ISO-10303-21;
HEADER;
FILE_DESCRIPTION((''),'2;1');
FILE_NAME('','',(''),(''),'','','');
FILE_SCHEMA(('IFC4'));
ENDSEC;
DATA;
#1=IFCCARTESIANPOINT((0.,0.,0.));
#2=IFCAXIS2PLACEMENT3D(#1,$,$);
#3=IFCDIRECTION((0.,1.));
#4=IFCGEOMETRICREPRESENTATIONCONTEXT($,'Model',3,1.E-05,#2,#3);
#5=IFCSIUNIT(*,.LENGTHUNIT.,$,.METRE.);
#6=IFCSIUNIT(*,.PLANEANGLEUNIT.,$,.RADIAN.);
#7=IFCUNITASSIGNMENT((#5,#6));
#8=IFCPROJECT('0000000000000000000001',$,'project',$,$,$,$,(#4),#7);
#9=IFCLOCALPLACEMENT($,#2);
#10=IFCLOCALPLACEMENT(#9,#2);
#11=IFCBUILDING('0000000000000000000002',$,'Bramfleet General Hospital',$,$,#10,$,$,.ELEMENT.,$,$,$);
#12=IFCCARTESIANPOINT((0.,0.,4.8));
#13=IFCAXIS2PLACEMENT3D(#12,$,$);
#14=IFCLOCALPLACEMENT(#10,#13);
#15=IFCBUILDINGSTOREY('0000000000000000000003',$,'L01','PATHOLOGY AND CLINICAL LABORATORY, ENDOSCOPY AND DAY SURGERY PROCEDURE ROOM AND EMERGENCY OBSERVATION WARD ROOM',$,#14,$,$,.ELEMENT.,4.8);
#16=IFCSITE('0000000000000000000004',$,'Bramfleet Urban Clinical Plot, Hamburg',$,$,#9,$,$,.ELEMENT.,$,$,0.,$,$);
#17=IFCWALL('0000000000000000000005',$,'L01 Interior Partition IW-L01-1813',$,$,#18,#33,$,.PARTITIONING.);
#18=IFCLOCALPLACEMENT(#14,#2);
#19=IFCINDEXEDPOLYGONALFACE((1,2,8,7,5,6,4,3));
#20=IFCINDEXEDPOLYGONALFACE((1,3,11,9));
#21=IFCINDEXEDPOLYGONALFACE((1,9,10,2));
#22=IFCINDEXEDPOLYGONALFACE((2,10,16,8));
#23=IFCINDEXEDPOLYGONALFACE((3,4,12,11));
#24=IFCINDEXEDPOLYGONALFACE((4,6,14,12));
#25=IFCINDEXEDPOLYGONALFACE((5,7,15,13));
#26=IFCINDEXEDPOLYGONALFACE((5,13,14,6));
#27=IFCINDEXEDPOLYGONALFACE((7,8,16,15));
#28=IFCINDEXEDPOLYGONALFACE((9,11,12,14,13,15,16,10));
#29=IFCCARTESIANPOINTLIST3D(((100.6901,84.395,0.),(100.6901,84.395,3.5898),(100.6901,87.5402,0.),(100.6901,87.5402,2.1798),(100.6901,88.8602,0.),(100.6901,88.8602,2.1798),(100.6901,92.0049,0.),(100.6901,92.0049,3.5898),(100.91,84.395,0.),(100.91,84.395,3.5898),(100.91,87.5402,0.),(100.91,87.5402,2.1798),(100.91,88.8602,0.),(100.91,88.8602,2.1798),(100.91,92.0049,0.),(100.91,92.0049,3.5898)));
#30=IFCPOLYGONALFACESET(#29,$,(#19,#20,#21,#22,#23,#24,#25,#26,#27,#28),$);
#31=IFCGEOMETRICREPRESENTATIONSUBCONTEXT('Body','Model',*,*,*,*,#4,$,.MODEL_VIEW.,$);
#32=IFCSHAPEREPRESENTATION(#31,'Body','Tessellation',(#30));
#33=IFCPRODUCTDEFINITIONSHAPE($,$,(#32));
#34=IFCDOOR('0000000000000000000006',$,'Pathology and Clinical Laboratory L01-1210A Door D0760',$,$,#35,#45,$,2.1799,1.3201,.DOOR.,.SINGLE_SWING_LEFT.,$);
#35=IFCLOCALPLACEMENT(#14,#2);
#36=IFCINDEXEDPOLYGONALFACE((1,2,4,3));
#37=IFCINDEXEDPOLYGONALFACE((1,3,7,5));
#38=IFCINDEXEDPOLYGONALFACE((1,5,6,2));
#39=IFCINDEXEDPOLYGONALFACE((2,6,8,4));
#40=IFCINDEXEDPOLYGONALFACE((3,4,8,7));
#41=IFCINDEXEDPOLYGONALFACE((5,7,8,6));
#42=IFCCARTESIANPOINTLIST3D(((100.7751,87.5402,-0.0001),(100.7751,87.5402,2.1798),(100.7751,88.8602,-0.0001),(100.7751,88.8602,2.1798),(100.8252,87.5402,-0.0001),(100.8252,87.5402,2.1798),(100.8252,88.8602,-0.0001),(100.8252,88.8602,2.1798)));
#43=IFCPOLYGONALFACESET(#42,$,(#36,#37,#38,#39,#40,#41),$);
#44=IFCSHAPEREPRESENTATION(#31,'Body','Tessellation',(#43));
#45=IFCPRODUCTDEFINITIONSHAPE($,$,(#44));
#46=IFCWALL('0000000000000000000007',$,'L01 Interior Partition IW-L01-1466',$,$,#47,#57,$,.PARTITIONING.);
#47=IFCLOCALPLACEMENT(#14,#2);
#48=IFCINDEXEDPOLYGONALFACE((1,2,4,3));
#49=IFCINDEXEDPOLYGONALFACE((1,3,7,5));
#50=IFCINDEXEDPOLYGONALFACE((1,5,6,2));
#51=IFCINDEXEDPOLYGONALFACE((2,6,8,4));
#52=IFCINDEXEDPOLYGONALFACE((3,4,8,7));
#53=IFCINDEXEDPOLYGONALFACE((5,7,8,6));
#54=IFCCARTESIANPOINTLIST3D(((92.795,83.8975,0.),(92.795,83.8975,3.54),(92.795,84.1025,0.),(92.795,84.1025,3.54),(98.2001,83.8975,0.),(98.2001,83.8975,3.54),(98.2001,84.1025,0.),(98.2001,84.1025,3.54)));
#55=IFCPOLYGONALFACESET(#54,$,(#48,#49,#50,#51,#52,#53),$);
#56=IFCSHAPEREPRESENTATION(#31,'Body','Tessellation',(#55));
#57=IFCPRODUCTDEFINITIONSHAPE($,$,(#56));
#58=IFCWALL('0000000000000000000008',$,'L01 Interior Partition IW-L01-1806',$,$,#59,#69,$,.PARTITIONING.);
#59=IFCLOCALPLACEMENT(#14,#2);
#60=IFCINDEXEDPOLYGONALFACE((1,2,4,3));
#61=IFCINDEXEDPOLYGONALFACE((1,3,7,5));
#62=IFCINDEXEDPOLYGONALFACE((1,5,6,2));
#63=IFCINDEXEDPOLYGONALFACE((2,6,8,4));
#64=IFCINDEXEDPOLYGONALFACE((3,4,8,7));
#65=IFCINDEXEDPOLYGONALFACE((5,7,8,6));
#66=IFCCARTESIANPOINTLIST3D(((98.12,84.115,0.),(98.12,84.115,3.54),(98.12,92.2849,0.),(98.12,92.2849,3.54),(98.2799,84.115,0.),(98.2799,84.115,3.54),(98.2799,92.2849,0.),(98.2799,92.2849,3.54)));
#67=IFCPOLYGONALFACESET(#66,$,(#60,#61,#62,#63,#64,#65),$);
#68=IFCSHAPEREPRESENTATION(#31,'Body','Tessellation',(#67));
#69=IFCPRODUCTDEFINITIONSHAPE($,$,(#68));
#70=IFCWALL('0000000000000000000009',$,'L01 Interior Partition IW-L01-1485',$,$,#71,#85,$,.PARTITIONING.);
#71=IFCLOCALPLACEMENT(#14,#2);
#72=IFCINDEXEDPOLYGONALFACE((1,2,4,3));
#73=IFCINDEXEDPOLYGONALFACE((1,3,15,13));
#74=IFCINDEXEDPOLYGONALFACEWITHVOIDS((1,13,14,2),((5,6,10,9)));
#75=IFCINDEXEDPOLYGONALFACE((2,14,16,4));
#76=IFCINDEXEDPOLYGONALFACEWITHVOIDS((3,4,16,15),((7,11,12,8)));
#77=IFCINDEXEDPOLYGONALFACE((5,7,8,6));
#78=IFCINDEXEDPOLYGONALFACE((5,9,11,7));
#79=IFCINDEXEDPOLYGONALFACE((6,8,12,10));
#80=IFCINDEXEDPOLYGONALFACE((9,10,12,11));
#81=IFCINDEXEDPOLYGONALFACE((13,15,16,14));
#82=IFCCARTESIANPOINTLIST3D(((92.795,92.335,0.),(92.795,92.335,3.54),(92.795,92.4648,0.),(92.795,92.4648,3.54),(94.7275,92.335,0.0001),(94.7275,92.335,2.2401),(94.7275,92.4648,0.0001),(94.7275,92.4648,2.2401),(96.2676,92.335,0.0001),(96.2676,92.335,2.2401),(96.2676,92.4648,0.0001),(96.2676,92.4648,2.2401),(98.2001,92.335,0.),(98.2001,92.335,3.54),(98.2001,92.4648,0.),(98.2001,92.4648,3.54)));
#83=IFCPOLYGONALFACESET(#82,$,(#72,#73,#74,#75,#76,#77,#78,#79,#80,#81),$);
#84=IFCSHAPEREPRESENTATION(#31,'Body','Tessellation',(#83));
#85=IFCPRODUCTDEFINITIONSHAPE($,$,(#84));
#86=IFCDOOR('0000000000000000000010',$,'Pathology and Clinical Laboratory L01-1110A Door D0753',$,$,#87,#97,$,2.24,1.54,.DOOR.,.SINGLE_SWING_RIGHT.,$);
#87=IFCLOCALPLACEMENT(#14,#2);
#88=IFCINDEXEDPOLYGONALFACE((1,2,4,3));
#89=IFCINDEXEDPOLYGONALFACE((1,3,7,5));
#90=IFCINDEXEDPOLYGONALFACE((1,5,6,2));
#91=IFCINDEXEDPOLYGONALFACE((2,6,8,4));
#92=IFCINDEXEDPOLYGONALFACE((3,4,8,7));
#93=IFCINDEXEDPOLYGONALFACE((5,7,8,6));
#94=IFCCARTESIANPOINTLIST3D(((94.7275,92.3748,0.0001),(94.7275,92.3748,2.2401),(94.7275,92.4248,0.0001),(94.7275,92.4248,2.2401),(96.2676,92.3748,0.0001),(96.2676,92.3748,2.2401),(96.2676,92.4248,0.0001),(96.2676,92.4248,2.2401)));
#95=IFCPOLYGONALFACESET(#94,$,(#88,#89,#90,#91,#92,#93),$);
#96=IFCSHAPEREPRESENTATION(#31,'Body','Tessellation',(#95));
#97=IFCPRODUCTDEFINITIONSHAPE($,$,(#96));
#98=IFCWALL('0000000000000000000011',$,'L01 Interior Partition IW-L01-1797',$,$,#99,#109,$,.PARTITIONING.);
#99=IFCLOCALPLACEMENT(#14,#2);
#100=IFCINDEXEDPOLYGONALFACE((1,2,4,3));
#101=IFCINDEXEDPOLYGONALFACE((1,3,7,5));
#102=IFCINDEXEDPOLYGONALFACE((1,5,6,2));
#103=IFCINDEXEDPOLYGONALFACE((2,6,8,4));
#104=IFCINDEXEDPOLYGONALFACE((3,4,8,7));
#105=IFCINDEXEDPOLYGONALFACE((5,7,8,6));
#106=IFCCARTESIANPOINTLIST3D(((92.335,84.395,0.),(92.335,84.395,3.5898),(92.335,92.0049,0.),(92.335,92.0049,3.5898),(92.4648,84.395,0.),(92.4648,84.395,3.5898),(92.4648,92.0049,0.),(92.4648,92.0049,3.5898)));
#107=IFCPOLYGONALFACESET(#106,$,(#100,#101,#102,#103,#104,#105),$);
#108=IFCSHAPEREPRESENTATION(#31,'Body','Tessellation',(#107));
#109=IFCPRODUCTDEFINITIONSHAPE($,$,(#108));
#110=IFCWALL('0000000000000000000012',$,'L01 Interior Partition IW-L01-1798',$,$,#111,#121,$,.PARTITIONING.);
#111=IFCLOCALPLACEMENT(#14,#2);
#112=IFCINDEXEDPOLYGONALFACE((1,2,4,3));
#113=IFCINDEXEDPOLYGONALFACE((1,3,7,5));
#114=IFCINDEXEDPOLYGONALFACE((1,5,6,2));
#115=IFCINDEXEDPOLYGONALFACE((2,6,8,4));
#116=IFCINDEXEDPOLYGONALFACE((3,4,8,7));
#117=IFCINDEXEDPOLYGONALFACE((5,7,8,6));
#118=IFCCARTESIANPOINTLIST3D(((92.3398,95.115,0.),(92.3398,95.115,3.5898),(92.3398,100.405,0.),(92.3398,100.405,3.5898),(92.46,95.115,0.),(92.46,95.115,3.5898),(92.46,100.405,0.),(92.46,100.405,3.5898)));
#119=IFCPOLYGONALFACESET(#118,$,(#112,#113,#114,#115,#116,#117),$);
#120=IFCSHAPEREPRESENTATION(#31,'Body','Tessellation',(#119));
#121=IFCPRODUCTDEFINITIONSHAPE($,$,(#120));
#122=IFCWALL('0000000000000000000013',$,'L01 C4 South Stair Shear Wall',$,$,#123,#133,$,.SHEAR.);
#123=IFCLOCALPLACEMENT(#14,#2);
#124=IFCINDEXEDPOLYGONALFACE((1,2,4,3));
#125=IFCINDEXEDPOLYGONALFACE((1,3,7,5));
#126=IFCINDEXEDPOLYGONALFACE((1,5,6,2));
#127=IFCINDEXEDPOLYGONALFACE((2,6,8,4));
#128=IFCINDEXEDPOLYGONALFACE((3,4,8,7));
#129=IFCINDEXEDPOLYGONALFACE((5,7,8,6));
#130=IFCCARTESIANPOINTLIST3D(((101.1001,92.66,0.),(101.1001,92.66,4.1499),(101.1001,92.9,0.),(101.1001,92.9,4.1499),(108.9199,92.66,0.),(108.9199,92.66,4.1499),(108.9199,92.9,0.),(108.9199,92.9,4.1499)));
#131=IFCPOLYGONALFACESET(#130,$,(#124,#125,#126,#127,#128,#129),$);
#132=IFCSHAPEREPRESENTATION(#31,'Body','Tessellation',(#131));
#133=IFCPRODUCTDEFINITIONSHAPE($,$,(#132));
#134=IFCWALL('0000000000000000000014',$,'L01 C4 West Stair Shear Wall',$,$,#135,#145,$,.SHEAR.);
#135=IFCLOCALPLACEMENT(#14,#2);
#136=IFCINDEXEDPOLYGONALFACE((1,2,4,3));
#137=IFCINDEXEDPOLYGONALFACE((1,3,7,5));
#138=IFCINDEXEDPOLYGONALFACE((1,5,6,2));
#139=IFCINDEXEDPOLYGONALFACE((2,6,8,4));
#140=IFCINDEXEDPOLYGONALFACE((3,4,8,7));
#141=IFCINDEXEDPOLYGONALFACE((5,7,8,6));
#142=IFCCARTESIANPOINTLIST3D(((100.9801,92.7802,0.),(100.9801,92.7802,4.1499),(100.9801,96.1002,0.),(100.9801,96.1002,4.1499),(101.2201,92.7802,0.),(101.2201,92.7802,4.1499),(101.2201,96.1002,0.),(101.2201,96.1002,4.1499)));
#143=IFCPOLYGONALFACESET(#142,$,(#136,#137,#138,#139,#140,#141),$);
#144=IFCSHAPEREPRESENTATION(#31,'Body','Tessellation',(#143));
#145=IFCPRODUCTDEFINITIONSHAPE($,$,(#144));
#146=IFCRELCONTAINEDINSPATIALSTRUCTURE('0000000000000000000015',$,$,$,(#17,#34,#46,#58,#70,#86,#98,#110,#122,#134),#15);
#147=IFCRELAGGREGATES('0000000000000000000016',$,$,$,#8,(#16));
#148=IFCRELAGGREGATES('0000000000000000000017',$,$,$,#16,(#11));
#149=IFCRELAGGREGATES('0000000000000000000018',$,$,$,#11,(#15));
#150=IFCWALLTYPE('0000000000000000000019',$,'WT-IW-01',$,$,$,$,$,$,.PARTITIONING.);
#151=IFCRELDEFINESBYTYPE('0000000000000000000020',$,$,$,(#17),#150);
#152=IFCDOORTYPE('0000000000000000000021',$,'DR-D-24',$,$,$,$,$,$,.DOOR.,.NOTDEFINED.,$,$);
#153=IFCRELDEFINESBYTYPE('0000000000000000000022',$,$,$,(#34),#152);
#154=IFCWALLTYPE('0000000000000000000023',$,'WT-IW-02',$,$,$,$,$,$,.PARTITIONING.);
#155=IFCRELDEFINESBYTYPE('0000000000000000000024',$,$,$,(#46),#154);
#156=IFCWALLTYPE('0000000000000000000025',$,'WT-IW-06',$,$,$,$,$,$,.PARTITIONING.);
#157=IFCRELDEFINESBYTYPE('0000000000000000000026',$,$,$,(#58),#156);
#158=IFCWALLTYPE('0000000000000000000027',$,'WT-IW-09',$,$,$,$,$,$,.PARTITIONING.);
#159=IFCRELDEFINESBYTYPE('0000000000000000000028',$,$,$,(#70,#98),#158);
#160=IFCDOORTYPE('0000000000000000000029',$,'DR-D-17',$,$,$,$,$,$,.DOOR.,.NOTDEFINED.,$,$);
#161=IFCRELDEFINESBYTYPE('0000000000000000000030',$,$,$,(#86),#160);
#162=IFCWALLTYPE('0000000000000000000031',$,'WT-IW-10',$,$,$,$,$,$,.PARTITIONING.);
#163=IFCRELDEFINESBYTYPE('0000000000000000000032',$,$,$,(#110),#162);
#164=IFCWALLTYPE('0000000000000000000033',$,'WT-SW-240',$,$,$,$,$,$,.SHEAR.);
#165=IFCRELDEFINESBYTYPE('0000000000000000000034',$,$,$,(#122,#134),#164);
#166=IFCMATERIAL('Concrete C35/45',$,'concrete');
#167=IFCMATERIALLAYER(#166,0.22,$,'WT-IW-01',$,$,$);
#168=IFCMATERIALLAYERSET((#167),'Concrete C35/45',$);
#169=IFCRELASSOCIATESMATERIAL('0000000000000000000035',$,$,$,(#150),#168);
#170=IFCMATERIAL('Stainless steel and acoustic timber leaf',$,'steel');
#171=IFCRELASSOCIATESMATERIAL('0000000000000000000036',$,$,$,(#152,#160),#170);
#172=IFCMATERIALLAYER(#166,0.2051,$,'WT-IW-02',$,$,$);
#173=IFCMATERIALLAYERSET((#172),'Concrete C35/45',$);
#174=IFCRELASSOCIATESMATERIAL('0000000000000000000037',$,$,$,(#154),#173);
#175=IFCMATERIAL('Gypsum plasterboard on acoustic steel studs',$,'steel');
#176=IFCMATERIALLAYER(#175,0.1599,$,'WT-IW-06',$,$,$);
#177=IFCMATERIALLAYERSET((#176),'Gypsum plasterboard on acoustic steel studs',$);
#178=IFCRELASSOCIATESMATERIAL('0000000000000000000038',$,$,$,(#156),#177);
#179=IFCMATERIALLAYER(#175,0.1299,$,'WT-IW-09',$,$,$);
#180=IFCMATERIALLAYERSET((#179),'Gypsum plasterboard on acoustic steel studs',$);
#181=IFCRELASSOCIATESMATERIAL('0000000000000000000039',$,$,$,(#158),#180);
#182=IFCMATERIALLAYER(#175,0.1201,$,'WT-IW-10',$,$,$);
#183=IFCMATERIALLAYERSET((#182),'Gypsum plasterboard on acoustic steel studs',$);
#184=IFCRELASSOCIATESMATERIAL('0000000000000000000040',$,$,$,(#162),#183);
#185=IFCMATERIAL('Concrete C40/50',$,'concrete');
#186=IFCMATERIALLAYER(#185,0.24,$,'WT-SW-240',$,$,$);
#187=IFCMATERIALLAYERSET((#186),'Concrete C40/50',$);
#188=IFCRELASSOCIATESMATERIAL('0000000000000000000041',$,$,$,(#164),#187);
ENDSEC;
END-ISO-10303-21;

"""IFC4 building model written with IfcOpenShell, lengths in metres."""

from ifc_helpers import new_model, si_unit, direction, frame, frame_2d, origin, place, context, subcontext, project, spatial, rectangle, extrude, material, layer, layer_set, type_object, element, fill, save


model = new_model("IFC4")

# Units and contexts
model_context = context("Model", 3, precision=1e-05, world=origin(), true_north=direction((0.0, 1.0)))
body_context = subcontext(model_context, "Body", "Model", "MODEL_VIEW")
ifc_project = project(units=[si_unit("LENGTHUNIT", "METRE"), si_unit("PLANEANGLEUNIT", "RADIAN")], contexts=[model_context])

# Site, building, storey
site_placement = place(None, origin())
site = spatial("IfcSite", under=ifc_project, at=site_placement, Name="Bramfleet Urban Clinical Plot, Hamburg", CompositionType="ELEMENT", RefElevation=0.0)
building_placement = place(site_placement, origin())
building = spatial("IfcBuilding", under=site, at=building_placement, Name="Bramfleet General Hospital", CompositionType="ELEMENT")
storey_placement = place(building_placement, frame((0.0, 0.0, 4.8)))
storey = spatial("IfcBuildingStorey", under=building, at=storey_placement, Name="L01", Description="PATHOLOGY AND CLINICAL LABORATORY, ENDOSCOPY AND DAY SURGERY PROCEDURE ROOM AND EMERGENCY OBSERVATION WARD ROOM", CompositionType="ELEMENT", Elevation=4.8)

# Shared definitions
ifc_material_1 = material(Name="Concrete C40/50", Category="concrete")

# Shared definitions
ifc_material_2 = material(Name="Concrete C35/45", Category="concrete")

# Wall, opening, door
ifc_layer_1 = layer(ifc_material_2, 0.22, Name="WT-IW-01")
ifc_layer_set_1 = layer_set([ifc_layer_1], Name="Concrete C35/45")
wall_type_1 = type_object("IfcWallType", Name="WT-IW-01", PredefinedType="PARTITIONING", material=ifc_layer_set_1)
wall_1_placement = place(storey_placement, frame((100.8, 84.395, 0.0), z_axis=(0.0, 0.0, 1.0), x_axis=(0.0, 1.0, 0.0)))
wall_1 = element("IfcWall", 1, at=wall_1_placement, inside=storey, type_object=wall_type_1, Name="L01 Interior Partition IW-L01-1813", PredefinedType="PARTITIONING", context=body_context, shape_type="SweptSolid", body=[
    extrude(rectangle(XDim=7.6099, YDim=0.22, at=frame_2d((3.8049, 0.0))), origin(), (0.0, 0.0, 1.0), 3.5898),
])
opening_1_placement = place(wall_1_placement, frame((3.145, 0.0, 0.0)))
opening_1 = element("IfcOpeningElement", 2, at=opening_1_placement, cuts=wall_1, PredefinedType="OPENING", context=body_context, shape_type="SweptSolid", body=[
    extrude(rectangle(XDim=1.3201, YDim=2.1799, at=frame_2d((0.6602, 1.0898))), frame((0.0, 0.1199, 0.0), z_axis=(0.0, -1.0, 0.0), x_axis=(1.0, 0.0, 0.0)), (0.0, 0.0, 1.0), 0.24),
])
ifc_material_3 = material(Name="Stainless steel and acoustic timber leaf", Category="steel")
door_type_1 = type_object("IfcDoorType", Name="DR-D-24", OperationType="NOTDEFINED", PredefinedType="DOOR", material=ifc_material_3)
door_1_placement = place(opening_1_placement, origin())
door_1 = element("IfcDoor", 3, at=door_1_placement, inside=storey, type_object=door_type_1, Name="Pathology and Clinical Laboratory L01-1210A Door D0760", OperationType="SINGLE_SWING_LEFT", OverallHeight=2.1799, OverallWidth=1.3201, PredefinedType="DOOR", context=body_context, shape_type="SweptSolid", body=[
    extrude(rectangle(XDim=1.3201, YDim=2.1799, at=frame_2d((0.6602, 1.0898))), frame((0.0, 0.0249, 0.0), z_axis=(0.0, -1.0, 0.0), x_axis=(1.0, 0.0, 0.0)), (0.0, 0.0, 1.0), 0.05),
])
fill(opening_1, door_1)

# Walls
ifc_layer_2 = layer(ifc_material_2, 0.2051, Name="WT-IW-02")
ifc_layer_set_2 = layer_set([ifc_layer_2], Name="Concrete C35/45")
wall_type_2 = type_object("IfcWallType", Name="WT-IW-02", PredefinedType="PARTITIONING", material=ifc_layer_set_2)
wall_2_placement = place(storey_placement, frame((92.7949, 84.0, 0.0), z_axis=(0.0, 0.0, 1.0), x_axis=(1.0, 0.0, 0.0)))
element("IfcWall", 4, at=wall_2_placement, inside=storey, type_object=wall_type_2, Name="L01 Interior Partition IW-L01-1466", PredefinedType="PARTITIONING", context=body_context, shape_type="SweptSolid", body=[
    extrude(rectangle(XDim=5.405, YDim=0.2051, at=frame_2d((2.7026, 0.0))), origin(), (0.0, 0.0, 1.0), 3.54),
])
ifc_material_4 = material(Name="Gypsum plasterboard on acoustic steel studs", Category="steel")
ifc_layer_3 = layer(ifc_material_4, 0.1599, Name="WT-IW-06")
ifc_layer_set_3 = layer_set([ifc_layer_3], Name="Gypsum plasterboard on acoustic steel studs")
wall_type_3 = type_object("IfcWallType", Name="WT-IW-06", PredefinedType="PARTITIONING", material=ifc_layer_set_3)
wall_3_placement = place(storey_placement, frame((98.2, 84.115, 0.0), z_axis=(0.0, 0.0, 1.0), x_axis=(0.0, 1.0, 0.0)))
element("IfcWall", 5, at=wall_3_placement, inside=storey, type_object=wall_type_3, Name="L01 Interior Partition IW-L01-1806", PredefinedType="PARTITIONING", context=body_context, shape_type="SweptSolid", body=[
    extrude(rectangle(XDim=8.1699, YDim=0.1599, at=frame_2d((4.085, 0.0))), origin(), (0.0, 0.0, 1.0), 3.54),
])

# Wall, opening, door
ifc_layer_4 = layer(ifc_material_4, 0.1299, Name="WT-IW-09")
ifc_layer_set_4 = layer_set([ifc_layer_4], Name="Gypsum plasterboard on acoustic steel studs")
wall_type_4 = type_object("IfcWallType", Name="WT-IW-09", PredefinedType="PARTITIONING", material=ifc_layer_set_4)
wall_4_placement = place(storey_placement, frame((92.7949, 92.3999, 0.0), z_axis=(0.0, 0.0, 1.0), x_axis=(1.0, 0.0, 0.0)))
wall_4 = element("IfcWall", 6, at=wall_4_placement, inside=storey, type_object=wall_type_4, Name="L01 Interior Partition IW-L01-1485", PredefinedType="PARTITIONING", context=body_context, shape_type="SweptSolid", body=[
    extrude(rectangle(XDim=5.405, YDim=0.1299, at=frame_2d((2.7026, 0.0))), origin(), (0.0, 0.0, 1.0), 3.54),
])
opening_2_placement = place(wall_4_placement, frame((1.9326, 0.0, 0.0)))
opening_2 = element("IfcOpeningElement", 7, at=opening_2_placement, cuts=wall_4, PredefinedType="OPENING", context=body_context, shape_type="SweptSolid", body=[
    extrude(rectangle(XDim=1.54, YDim=2.24, at=frame_2d((0.77, 1.1201))), frame((0.0, 0.075, 0.0), z_axis=(0.0, -1.0, 0.0), x_axis=(1.0, 0.0, 0.0)), (0.0, 0.0, 1.0), 0.1499),
])
door_type_2 = type_object("IfcDoorType", Name="DR-D-17", OperationType="NOTDEFINED", PredefinedType="DOOR", material=ifc_material_3)
door_2_placement = place(opening_2_placement, origin())
door_2 = element("IfcDoor", 8, at=door_2_placement, inside=storey, type_object=door_type_2, Name="Pathology and Clinical Laboratory L01-1110A Door D0753", OperationType="SINGLE_SWING_RIGHT", OverallHeight=2.24, OverallWidth=1.54, PredefinedType="DOOR", context=body_context, shape_type="SweptSolid", body=[
    extrude(rectangle(XDim=1.54, YDim=2.24, at=frame_2d((0.77, 1.1201))), frame((0.0, 0.0249, 0.0), z_axis=(0.0, -1.0, 0.0), x_axis=(1.0, 0.0, 0.0)), (0.0, 0.0, 1.0), 0.05),
])
fill(opening_2, door_2)

# Walls
wall_5_placement = place(storey_placement, frame((92.3999, 84.395, 0.0), z_axis=(0.0, 0.0, 1.0), x_axis=(0.0, 1.0, 0.0)))
element("IfcWall", 9, at=wall_5_placement, inside=storey, type_object=wall_type_4, Name="L01 Interior Partition IW-L01-1797", PredefinedType="PARTITIONING", context=body_context, shape_type="SweptSolid", body=[
    extrude(rectangle(XDim=7.6099, YDim=0.1299, at=frame_2d((3.8049, 0.0))), origin(), (0.0, 0.0, 1.0), 3.5898),
])
ifc_layer_5 = layer(ifc_material_4, 0.1201, Name="WT-IW-10")
ifc_layer_set_5 = layer_set([ifc_layer_5], Name="Gypsum plasterboard on acoustic steel studs")
wall_type_5 = type_object("IfcWallType", Name="WT-IW-10", PredefinedType="PARTITIONING", material=ifc_layer_set_5)
wall_6_placement = place(storey_placement, frame((92.3999, 95.115, 0.0), z_axis=(0.0, 0.0, 1.0), x_axis=(0.0, 1.0, 0.0)))
element("IfcWall", 10, at=wall_6_placement, inside=storey, type_object=wall_type_5, Name="L01 Interior Partition IW-L01-1798", PredefinedType="PARTITIONING", context=body_context, shape_type="SweptSolid", body=[
    extrude(rectangle(XDim=5.29, YDim=0.1201, at=frame_2d((2.645, 0.0))), origin(), (0.0, 0.0, 1.0), 3.5898),
])
ifc_layer_6 = layer(ifc_material_1, 0.24, Name="WT-SW-240")
ifc_layer_set_6 = layer_set([ifc_layer_6], Name="Concrete C40/50")
wall_type_6 = type_object("IfcWallType", Name="WT-SW-240", PredefinedType="SHEAR", material=ifc_layer_set_6)
wall_7_placement = place(storey_placement, frame((101.1001, 92.78, 0.0), z_axis=(0.0, 0.0, 1.0), x_axis=(1.0, 0.0, 0.0)))
element("IfcWall", 11, at=wall_7_placement, inside=storey, type_object=wall_type_6, Name="L01 C4 South Stair Shear Wall", PredefinedType="SHEAR", context=body_context, shape_type="SweptSolid", body=[
    extrude(rectangle(XDim=7.8198, YDim=0.24, at=frame_2d((3.9099, 0.0))), origin(), (0.0, 0.0, 1.0), 4.1499),
])
wall_8_placement = place(storey_placement, frame((101.1001, 92.78, 0.0), z_axis=(0.0, 0.0, 1.0), x_axis=(0.0, 1.0, 0.0)))
element("IfcWall", 12, at=wall_8_placement, inside=storey, type_object=wall_type_6, Name="L01 C4 West Stair Shear Wall", PredefinedType="SHEAR", context=body_context, shape_type="SweptSolid", body=[
    extrude(rectangle(XDim=3.3201, YDim=0.24, at=frame_2d((1.6602, 0.0))), origin(), (0.0, 0.0, 1.0), 4.1499),
])

save(model, "model.ifc")
